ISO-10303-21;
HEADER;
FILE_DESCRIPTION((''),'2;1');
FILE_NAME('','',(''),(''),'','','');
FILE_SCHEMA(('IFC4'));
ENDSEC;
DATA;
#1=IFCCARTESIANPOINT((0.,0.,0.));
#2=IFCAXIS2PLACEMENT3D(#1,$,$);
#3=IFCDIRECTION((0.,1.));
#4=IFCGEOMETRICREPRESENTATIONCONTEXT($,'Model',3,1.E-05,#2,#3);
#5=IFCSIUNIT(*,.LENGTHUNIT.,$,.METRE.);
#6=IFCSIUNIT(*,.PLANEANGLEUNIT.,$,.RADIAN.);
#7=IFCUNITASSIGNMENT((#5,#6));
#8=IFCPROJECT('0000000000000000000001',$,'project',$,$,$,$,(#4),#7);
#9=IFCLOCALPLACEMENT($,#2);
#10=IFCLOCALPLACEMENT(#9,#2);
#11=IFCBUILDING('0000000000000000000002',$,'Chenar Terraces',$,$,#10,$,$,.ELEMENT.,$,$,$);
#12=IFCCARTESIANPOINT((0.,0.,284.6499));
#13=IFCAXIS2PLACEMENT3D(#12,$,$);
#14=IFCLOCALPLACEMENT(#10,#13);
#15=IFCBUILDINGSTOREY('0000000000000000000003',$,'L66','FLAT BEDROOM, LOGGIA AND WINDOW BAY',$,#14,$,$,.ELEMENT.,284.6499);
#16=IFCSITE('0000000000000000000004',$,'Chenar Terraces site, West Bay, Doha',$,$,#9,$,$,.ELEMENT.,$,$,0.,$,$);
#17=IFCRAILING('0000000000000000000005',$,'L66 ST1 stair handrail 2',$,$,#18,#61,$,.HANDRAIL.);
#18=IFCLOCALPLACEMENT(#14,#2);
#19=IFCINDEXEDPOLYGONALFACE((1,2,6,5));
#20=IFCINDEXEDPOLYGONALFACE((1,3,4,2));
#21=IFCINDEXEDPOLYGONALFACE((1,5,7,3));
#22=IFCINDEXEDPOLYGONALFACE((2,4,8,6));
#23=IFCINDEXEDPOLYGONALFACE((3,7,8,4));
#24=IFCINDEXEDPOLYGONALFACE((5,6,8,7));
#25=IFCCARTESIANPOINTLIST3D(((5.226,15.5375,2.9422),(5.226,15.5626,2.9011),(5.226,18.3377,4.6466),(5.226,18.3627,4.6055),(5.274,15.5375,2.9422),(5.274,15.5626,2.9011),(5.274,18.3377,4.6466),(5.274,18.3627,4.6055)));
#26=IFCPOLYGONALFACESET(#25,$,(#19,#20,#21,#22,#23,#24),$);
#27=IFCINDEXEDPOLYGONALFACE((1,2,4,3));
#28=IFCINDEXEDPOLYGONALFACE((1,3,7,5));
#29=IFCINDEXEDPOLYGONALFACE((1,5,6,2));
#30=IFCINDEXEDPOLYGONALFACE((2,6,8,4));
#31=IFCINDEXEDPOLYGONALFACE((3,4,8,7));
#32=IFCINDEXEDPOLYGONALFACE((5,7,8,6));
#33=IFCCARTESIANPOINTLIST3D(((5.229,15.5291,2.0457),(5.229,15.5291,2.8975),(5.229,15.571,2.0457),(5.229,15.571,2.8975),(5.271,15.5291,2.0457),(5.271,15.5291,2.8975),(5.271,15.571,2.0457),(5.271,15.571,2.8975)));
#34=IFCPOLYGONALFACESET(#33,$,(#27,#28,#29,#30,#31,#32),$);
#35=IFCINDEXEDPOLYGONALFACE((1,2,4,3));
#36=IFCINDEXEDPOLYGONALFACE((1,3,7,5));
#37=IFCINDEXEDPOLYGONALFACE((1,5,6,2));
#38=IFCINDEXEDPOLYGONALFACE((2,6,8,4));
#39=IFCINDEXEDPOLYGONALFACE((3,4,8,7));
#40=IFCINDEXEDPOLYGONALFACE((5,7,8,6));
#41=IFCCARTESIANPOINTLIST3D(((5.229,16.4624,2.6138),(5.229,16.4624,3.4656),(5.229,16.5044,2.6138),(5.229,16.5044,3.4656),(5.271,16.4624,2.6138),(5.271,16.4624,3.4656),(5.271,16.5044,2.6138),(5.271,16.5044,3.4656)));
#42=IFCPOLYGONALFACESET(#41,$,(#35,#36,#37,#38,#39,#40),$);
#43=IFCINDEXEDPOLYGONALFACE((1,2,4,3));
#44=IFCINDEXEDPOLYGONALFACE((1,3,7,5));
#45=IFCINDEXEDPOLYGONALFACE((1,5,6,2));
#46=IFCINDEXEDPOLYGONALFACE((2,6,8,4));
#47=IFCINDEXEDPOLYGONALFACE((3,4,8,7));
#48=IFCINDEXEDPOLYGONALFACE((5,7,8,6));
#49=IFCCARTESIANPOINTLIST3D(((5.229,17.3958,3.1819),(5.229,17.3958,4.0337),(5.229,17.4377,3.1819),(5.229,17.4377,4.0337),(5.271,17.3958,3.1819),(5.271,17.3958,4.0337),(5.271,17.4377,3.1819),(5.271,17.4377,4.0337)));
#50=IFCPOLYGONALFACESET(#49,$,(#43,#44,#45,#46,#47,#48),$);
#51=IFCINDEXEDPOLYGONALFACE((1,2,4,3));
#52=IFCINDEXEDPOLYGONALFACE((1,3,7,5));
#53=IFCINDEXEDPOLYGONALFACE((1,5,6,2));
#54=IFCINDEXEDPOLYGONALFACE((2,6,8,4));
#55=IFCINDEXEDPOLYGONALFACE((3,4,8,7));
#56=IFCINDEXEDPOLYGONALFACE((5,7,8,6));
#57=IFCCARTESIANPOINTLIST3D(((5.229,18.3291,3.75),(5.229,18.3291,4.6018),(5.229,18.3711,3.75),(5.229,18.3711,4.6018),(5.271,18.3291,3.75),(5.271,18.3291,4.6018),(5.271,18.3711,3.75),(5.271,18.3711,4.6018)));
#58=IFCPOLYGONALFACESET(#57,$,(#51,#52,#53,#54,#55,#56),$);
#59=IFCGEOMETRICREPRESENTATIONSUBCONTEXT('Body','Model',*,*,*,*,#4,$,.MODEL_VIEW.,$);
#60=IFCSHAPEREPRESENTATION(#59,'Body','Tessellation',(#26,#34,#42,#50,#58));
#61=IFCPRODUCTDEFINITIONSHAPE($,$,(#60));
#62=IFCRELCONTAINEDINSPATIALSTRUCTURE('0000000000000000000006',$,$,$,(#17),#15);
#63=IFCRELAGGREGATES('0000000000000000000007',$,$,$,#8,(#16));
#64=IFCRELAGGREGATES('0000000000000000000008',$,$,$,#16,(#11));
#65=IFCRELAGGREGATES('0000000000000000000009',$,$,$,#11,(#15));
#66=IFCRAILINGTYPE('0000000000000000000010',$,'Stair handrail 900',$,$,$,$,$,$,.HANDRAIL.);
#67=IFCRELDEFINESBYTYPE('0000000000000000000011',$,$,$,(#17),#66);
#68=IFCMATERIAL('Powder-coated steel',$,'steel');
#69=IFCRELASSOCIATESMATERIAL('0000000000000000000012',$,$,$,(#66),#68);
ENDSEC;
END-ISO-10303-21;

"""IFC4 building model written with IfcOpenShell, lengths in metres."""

from ifc_helpers import new_model, si_unit, direction, frame, origin, origin_2d, place, context, subcontext, project, spatial, rectangle, extrude, material, type_object, element, save


model = new_model("IFC4")

# Units and contexts
model_context = context("Model", 3, precision=1e-05, world=origin(), true_north=direction((0.0, 1.0)))
body_context = subcontext(model_context, "Body", "Model", "MODEL_VIEW")
ifc_project = project(units=[si_unit("LENGTHUNIT", "METRE"), si_unit("PLANEANGLEUNIT", "RADIAN")], contexts=[model_context])

# Site, building, storey
site_placement = place(None, origin())
site = spatial("IfcSite", under=ifc_project, at=site_placement, Name="Chenar Terraces site, West Bay, Doha", CompositionType="ELEMENT", RefElevation=0.0)
building_placement = place(site_placement, origin())
building = spatial("IfcBuilding", under=site, at=building_placement, Name="Chenar Terraces", CompositionType="ELEMENT")
storey_placement = place(building_placement, frame((0.0, 0.0, 284.6499)))
storey = spatial("IfcBuildingStorey", under=building, at=storey_placement, Name="L66", Description="FLAT BEDROOM, LOGGIA AND WINDOW BAY", CompositionType="ELEMENT", Elevation=284.6499)

# Railing
ifc_material_1 = material(Name="Powder-coated steel", Category="steel")
railing_type_1 = type_object("IfcRailingType", Name="Stair handrail 900", PredefinedType="HANDRAIL", material=ifc_material_1)
railing_1_placement = place(storey_placement, frame((5.25, 15.55, 2.0457)))
element("IfcRailing", 1, at=railing_1_placement, inside=storey, type_object=railing_type_1, Name="L66 ST1 stair handrail 2", PredefinedType="HANDRAIL", context=body_context, shape_type="SweptSolid", body=[
    extrude(rectangle(XDim=0.0481, YDim=0.0481, at=origin_2d()), frame((0.0, 0.0, 0.876), z_axis=(0.0, 0.854203, 0.51994), x_axis=(-1.0, 0.0, 0.0)), (0.0, 0.0, 1.0), 3.2781),
    extrude(rectangle(XDim=0.042, YDim=0.042, at=origin_2d()), origin(), (0.0, 0.0, 1.0), 0.8518),
    extrude(rectangle(XDim=0.042, YDim=0.042, at=origin_2d()), frame((0.0, 0.9333, 0.5681)), (0.0, 0.0, 1.0), 0.8518),
    extrude(rectangle(XDim=0.042, YDim=0.042, at=origin_2d()), frame((0.0, 1.8667, 1.1362)), (0.0, 0.0, 1.0), 0.8518),
    extrude(rectangle(XDim=0.042, YDim=0.042, at=origin_2d()), frame((0.0, 2.8, 1.7043)), (0.0, 0.0, 1.0), 0.8518),
])

save(model, "model.ifc")
